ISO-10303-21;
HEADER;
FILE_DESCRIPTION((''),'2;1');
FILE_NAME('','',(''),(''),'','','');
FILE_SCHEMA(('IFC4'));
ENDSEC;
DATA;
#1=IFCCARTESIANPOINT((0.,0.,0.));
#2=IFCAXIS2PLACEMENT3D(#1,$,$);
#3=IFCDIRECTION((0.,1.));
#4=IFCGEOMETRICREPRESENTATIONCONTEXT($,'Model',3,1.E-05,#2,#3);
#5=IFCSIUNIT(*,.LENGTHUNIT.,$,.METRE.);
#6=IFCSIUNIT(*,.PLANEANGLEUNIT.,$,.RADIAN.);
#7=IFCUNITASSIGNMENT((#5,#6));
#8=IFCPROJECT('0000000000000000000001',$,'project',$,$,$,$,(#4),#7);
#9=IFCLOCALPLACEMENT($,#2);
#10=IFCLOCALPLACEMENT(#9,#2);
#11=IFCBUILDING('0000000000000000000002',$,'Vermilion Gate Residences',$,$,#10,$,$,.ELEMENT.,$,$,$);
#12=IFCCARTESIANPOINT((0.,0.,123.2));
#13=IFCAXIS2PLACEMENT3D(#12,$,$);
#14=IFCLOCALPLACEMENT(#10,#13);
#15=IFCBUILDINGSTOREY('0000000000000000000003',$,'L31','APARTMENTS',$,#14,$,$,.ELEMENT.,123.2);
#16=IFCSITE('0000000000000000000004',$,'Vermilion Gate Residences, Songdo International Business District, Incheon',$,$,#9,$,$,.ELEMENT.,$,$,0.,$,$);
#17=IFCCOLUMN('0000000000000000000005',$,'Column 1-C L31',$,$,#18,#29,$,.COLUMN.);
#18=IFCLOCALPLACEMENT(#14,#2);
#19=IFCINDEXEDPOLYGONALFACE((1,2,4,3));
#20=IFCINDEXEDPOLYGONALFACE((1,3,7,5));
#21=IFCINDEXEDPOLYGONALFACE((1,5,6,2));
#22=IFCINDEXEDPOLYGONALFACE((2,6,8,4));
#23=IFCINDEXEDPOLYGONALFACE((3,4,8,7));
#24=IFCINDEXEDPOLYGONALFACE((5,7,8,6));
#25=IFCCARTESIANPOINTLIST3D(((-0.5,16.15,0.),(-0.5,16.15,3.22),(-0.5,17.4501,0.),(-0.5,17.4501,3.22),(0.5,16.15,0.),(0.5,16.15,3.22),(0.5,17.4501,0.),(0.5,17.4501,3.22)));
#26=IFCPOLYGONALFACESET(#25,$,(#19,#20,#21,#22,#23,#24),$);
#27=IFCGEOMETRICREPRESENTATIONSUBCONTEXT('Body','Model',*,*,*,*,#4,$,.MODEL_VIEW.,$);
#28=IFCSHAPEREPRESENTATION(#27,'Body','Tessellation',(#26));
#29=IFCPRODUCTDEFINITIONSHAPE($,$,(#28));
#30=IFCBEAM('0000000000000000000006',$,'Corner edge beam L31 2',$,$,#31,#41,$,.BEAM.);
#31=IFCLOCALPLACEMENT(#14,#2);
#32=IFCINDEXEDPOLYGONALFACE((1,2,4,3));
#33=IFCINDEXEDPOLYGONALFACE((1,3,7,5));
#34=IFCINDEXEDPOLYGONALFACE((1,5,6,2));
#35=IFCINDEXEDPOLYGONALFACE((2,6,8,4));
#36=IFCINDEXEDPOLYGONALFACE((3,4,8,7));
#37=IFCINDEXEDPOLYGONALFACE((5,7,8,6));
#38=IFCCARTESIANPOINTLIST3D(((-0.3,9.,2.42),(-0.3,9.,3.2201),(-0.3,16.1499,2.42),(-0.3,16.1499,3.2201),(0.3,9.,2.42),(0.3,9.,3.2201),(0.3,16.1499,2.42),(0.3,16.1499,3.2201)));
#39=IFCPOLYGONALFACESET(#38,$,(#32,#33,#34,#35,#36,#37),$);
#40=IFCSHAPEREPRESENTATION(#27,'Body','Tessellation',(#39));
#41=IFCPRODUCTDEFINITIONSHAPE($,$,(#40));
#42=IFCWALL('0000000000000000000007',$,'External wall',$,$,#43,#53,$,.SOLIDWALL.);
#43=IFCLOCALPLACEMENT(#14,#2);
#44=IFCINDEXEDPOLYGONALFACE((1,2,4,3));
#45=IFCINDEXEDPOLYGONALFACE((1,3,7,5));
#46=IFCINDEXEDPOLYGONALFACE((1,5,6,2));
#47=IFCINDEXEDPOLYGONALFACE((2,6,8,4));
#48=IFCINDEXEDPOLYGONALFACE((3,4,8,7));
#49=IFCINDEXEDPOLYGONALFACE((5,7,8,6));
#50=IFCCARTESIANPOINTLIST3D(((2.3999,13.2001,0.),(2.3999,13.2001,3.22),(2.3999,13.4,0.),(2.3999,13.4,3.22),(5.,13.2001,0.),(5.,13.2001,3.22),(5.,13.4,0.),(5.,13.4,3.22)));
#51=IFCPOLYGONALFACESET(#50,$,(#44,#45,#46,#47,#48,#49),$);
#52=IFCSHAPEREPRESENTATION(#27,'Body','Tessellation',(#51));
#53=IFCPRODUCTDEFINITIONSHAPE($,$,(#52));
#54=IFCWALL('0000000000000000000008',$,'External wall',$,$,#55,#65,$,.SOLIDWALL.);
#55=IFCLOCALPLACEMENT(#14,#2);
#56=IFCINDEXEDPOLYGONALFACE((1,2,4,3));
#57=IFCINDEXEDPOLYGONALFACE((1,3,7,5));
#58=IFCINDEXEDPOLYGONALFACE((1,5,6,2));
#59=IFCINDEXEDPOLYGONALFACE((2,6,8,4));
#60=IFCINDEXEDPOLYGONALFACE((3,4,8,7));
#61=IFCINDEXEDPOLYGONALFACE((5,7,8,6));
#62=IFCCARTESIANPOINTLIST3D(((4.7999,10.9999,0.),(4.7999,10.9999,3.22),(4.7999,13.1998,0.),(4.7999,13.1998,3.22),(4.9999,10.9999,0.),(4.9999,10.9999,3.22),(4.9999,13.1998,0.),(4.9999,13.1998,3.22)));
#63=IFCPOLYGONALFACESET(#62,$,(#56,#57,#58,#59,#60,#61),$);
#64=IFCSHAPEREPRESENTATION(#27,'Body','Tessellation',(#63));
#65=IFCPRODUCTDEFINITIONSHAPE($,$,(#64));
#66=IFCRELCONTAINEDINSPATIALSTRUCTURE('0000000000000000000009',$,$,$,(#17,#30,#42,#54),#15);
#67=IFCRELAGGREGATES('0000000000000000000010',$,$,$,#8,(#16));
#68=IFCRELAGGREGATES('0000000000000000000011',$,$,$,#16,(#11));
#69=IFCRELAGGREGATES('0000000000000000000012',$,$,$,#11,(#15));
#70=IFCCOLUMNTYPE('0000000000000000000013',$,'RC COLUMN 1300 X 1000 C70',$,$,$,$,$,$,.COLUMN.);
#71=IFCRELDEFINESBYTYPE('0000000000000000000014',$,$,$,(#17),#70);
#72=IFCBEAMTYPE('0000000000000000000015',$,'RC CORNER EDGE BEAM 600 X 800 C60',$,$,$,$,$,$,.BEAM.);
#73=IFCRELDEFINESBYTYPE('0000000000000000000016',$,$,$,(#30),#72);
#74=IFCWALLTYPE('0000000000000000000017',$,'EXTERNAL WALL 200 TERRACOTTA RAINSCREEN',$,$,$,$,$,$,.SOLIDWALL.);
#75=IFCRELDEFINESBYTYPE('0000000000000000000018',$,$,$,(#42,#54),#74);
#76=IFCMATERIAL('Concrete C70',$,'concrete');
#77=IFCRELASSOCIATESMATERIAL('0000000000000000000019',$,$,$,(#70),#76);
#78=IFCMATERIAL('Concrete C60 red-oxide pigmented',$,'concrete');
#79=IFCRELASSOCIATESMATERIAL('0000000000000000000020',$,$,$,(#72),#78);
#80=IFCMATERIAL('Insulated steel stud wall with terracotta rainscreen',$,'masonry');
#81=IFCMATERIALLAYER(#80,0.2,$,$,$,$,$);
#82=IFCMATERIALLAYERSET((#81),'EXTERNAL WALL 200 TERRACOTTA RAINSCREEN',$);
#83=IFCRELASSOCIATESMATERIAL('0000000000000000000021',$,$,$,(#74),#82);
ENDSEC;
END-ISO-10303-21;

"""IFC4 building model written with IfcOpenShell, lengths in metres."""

from ifc_helpers import new_model, si_unit, direction, frame, frame_2d, origin, origin_2d, place, context, subcontext, project, spatial, rectangle, extrude, material, layer, layer_set, material_profile, profile_set, type_object, element, save


model = new_model("IFC4")

# Units and contexts
model_context = context("Model", 3, precision=1e-05, world=origin(), true_north=direction((0.0, 1.0)))
body_context = subcontext(model_context, "Body", "Model", "MODEL_VIEW")
ifc_project = project(units=[si_unit("LENGTHUNIT", "METRE"), si_unit("PLANEANGLEUNIT", "RADIAN")], contexts=[model_context])

# Site, building, storey
site_placement = place(None, origin())
site = spatial("IfcSite", under=ifc_project, at=site_placement, Name="Vermilion Gate Residences, Songdo International Business District, Incheon", CompositionType="ELEMENT", RefElevation=0.0)
building_placement = place(site_placement, origin())
building = spatial("IfcBuilding", under=site, at=building_placement, Name="Vermilion Gate Residences", CompositionType="ELEMENT")
storey_placement = place(building_placement, frame((0.0, 0.0, 123.2)))
storey = spatial("IfcBuildingStorey", under=building, at=storey_placement, Name="L31", Description="APARTMENTS", CompositionType="ELEMENT", Elevation=123.2)

# Column
ifc_material_1 = material(Name="Concrete C70", Category="concrete")
ifc_material_profile_1 = material_profile(ifc_material_1, rectangle(XDim=1.3, YDim=1.0, at=origin_2d()), Name="RC-1300x1000")
ifc_profile_set_1 = profile_set([ifc_material_profile_1], Name="Concrete C70")
column_type = type_object("IfcColumnType", Name="RC COLUMN 1300 X 1000 C70", PredefinedType="COLUMN", material=ifc_profile_set_1)
column_placement = place(storey_placement, frame((0.0, 16.8, 0.0), z_axis=(0.0, 0.0, 1.0), x_axis=(0.0, 1.0, 0.0)))
element("IfcColumn", 1, at=column_placement, inside=storey, type_object=column_type, Name="Column 1-C L31", PredefinedType="COLUMN", context=body_context, shape_type="SweptSolid", body=[
    extrude(rectangle(XDim=1.3, YDim=1.0, at=origin_2d()), origin(), (0.0, 0.0, 1.0), 3.22),
])

# Beam
ifc_material_2 = material(Name="Concrete C60 red-oxide pigmented", Category="concrete")
ifc_material_profile_2 = material_profile(ifc_material_2, rectangle(XDim=0.6001, YDim=0.8, at=origin_2d()), Name="RC-600x800")
ifc_profile_set_2 = profile_set([ifc_material_profile_2], Name="Concrete C60 red-oxide pigmented")
beam_type = type_object("IfcBeamType", Name="RC CORNER EDGE BEAM 600 X 800 C60", PredefinedType="BEAM", material=ifc_profile_set_2)
beam_placement = place(storey_placement, frame((0.0, 9.0, 2.8201), z_axis=(0.0, 1.0, 0.0), x_axis=(-1.0, 0.0, 0.0)))
element("IfcBeam", 2, at=beam_placement, inside=storey, type_object=beam_type, Name="Corner edge beam L31 2", PredefinedType="BEAM", context=body_context, shape_type="SweptSolid", body=[
    extrude(rectangle(XDim=0.6001, YDim=0.8, at=origin_2d()), origin(), (0.0, 0.0, 1.0), 7.1499),
])

# Walls
ifc_material_3 = material(Name="Insulated steel stud wall with terracotta rainscreen", Category="masonry")
ifc_layer_1 = layer(ifc_material_3, 0.2)
ifc_layer_set_1 = layer_set([ifc_layer_1], Name="EXTERNAL WALL 200 TERRACOTTA RAINSCREEN")
wall_type_1 = type_object("IfcWallType", Name="EXTERNAL WALL 200 TERRACOTTA RAINSCREEN", PredefinedType="SOLIDWALL", material=ifc_layer_set_1)
wall_1_placement = place(storey_placement, frame((2.3999, 13.3, 0.0), z_axis=(0.0, 0.0, 1.0), x_axis=(1.0, 0.0, 0.0)))
element("IfcWall", 3, at=wall_1_placement, inside=storey, type_object=wall_type_1, Name="External wall", PredefinedType="SOLIDWALL", context=body_context, shape_type="SweptSolid", body=[
    extrude(rectangle(XDim=2.6001, YDim=0.2, at=frame_2d((1.3, 0.0))), origin(), (0.0, 0.0, 1.0), 3.22),
])
wall_2_placement = place(storey_placement, frame((4.8999, 13.2, 0.0), z_axis=(0.0, 0.0, 1.0), x_axis=(0.0, -1.0, 0.0)))
element("IfcWall", 4, at=wall_2_placement, inside=storey, type_object=wall_type_1, Name="External wall", PredefinedType="SOLIDWALL", context=body_context, shape_type="SweptSolid", body=[
    extrude(rectangle(XDim=2.2, YDim=0.2, at=frame_2d((1.1001, 0.0))), origin(), (0.0, 0.0, 1.0), 3.22),
])

save(model, "model.ifc")
